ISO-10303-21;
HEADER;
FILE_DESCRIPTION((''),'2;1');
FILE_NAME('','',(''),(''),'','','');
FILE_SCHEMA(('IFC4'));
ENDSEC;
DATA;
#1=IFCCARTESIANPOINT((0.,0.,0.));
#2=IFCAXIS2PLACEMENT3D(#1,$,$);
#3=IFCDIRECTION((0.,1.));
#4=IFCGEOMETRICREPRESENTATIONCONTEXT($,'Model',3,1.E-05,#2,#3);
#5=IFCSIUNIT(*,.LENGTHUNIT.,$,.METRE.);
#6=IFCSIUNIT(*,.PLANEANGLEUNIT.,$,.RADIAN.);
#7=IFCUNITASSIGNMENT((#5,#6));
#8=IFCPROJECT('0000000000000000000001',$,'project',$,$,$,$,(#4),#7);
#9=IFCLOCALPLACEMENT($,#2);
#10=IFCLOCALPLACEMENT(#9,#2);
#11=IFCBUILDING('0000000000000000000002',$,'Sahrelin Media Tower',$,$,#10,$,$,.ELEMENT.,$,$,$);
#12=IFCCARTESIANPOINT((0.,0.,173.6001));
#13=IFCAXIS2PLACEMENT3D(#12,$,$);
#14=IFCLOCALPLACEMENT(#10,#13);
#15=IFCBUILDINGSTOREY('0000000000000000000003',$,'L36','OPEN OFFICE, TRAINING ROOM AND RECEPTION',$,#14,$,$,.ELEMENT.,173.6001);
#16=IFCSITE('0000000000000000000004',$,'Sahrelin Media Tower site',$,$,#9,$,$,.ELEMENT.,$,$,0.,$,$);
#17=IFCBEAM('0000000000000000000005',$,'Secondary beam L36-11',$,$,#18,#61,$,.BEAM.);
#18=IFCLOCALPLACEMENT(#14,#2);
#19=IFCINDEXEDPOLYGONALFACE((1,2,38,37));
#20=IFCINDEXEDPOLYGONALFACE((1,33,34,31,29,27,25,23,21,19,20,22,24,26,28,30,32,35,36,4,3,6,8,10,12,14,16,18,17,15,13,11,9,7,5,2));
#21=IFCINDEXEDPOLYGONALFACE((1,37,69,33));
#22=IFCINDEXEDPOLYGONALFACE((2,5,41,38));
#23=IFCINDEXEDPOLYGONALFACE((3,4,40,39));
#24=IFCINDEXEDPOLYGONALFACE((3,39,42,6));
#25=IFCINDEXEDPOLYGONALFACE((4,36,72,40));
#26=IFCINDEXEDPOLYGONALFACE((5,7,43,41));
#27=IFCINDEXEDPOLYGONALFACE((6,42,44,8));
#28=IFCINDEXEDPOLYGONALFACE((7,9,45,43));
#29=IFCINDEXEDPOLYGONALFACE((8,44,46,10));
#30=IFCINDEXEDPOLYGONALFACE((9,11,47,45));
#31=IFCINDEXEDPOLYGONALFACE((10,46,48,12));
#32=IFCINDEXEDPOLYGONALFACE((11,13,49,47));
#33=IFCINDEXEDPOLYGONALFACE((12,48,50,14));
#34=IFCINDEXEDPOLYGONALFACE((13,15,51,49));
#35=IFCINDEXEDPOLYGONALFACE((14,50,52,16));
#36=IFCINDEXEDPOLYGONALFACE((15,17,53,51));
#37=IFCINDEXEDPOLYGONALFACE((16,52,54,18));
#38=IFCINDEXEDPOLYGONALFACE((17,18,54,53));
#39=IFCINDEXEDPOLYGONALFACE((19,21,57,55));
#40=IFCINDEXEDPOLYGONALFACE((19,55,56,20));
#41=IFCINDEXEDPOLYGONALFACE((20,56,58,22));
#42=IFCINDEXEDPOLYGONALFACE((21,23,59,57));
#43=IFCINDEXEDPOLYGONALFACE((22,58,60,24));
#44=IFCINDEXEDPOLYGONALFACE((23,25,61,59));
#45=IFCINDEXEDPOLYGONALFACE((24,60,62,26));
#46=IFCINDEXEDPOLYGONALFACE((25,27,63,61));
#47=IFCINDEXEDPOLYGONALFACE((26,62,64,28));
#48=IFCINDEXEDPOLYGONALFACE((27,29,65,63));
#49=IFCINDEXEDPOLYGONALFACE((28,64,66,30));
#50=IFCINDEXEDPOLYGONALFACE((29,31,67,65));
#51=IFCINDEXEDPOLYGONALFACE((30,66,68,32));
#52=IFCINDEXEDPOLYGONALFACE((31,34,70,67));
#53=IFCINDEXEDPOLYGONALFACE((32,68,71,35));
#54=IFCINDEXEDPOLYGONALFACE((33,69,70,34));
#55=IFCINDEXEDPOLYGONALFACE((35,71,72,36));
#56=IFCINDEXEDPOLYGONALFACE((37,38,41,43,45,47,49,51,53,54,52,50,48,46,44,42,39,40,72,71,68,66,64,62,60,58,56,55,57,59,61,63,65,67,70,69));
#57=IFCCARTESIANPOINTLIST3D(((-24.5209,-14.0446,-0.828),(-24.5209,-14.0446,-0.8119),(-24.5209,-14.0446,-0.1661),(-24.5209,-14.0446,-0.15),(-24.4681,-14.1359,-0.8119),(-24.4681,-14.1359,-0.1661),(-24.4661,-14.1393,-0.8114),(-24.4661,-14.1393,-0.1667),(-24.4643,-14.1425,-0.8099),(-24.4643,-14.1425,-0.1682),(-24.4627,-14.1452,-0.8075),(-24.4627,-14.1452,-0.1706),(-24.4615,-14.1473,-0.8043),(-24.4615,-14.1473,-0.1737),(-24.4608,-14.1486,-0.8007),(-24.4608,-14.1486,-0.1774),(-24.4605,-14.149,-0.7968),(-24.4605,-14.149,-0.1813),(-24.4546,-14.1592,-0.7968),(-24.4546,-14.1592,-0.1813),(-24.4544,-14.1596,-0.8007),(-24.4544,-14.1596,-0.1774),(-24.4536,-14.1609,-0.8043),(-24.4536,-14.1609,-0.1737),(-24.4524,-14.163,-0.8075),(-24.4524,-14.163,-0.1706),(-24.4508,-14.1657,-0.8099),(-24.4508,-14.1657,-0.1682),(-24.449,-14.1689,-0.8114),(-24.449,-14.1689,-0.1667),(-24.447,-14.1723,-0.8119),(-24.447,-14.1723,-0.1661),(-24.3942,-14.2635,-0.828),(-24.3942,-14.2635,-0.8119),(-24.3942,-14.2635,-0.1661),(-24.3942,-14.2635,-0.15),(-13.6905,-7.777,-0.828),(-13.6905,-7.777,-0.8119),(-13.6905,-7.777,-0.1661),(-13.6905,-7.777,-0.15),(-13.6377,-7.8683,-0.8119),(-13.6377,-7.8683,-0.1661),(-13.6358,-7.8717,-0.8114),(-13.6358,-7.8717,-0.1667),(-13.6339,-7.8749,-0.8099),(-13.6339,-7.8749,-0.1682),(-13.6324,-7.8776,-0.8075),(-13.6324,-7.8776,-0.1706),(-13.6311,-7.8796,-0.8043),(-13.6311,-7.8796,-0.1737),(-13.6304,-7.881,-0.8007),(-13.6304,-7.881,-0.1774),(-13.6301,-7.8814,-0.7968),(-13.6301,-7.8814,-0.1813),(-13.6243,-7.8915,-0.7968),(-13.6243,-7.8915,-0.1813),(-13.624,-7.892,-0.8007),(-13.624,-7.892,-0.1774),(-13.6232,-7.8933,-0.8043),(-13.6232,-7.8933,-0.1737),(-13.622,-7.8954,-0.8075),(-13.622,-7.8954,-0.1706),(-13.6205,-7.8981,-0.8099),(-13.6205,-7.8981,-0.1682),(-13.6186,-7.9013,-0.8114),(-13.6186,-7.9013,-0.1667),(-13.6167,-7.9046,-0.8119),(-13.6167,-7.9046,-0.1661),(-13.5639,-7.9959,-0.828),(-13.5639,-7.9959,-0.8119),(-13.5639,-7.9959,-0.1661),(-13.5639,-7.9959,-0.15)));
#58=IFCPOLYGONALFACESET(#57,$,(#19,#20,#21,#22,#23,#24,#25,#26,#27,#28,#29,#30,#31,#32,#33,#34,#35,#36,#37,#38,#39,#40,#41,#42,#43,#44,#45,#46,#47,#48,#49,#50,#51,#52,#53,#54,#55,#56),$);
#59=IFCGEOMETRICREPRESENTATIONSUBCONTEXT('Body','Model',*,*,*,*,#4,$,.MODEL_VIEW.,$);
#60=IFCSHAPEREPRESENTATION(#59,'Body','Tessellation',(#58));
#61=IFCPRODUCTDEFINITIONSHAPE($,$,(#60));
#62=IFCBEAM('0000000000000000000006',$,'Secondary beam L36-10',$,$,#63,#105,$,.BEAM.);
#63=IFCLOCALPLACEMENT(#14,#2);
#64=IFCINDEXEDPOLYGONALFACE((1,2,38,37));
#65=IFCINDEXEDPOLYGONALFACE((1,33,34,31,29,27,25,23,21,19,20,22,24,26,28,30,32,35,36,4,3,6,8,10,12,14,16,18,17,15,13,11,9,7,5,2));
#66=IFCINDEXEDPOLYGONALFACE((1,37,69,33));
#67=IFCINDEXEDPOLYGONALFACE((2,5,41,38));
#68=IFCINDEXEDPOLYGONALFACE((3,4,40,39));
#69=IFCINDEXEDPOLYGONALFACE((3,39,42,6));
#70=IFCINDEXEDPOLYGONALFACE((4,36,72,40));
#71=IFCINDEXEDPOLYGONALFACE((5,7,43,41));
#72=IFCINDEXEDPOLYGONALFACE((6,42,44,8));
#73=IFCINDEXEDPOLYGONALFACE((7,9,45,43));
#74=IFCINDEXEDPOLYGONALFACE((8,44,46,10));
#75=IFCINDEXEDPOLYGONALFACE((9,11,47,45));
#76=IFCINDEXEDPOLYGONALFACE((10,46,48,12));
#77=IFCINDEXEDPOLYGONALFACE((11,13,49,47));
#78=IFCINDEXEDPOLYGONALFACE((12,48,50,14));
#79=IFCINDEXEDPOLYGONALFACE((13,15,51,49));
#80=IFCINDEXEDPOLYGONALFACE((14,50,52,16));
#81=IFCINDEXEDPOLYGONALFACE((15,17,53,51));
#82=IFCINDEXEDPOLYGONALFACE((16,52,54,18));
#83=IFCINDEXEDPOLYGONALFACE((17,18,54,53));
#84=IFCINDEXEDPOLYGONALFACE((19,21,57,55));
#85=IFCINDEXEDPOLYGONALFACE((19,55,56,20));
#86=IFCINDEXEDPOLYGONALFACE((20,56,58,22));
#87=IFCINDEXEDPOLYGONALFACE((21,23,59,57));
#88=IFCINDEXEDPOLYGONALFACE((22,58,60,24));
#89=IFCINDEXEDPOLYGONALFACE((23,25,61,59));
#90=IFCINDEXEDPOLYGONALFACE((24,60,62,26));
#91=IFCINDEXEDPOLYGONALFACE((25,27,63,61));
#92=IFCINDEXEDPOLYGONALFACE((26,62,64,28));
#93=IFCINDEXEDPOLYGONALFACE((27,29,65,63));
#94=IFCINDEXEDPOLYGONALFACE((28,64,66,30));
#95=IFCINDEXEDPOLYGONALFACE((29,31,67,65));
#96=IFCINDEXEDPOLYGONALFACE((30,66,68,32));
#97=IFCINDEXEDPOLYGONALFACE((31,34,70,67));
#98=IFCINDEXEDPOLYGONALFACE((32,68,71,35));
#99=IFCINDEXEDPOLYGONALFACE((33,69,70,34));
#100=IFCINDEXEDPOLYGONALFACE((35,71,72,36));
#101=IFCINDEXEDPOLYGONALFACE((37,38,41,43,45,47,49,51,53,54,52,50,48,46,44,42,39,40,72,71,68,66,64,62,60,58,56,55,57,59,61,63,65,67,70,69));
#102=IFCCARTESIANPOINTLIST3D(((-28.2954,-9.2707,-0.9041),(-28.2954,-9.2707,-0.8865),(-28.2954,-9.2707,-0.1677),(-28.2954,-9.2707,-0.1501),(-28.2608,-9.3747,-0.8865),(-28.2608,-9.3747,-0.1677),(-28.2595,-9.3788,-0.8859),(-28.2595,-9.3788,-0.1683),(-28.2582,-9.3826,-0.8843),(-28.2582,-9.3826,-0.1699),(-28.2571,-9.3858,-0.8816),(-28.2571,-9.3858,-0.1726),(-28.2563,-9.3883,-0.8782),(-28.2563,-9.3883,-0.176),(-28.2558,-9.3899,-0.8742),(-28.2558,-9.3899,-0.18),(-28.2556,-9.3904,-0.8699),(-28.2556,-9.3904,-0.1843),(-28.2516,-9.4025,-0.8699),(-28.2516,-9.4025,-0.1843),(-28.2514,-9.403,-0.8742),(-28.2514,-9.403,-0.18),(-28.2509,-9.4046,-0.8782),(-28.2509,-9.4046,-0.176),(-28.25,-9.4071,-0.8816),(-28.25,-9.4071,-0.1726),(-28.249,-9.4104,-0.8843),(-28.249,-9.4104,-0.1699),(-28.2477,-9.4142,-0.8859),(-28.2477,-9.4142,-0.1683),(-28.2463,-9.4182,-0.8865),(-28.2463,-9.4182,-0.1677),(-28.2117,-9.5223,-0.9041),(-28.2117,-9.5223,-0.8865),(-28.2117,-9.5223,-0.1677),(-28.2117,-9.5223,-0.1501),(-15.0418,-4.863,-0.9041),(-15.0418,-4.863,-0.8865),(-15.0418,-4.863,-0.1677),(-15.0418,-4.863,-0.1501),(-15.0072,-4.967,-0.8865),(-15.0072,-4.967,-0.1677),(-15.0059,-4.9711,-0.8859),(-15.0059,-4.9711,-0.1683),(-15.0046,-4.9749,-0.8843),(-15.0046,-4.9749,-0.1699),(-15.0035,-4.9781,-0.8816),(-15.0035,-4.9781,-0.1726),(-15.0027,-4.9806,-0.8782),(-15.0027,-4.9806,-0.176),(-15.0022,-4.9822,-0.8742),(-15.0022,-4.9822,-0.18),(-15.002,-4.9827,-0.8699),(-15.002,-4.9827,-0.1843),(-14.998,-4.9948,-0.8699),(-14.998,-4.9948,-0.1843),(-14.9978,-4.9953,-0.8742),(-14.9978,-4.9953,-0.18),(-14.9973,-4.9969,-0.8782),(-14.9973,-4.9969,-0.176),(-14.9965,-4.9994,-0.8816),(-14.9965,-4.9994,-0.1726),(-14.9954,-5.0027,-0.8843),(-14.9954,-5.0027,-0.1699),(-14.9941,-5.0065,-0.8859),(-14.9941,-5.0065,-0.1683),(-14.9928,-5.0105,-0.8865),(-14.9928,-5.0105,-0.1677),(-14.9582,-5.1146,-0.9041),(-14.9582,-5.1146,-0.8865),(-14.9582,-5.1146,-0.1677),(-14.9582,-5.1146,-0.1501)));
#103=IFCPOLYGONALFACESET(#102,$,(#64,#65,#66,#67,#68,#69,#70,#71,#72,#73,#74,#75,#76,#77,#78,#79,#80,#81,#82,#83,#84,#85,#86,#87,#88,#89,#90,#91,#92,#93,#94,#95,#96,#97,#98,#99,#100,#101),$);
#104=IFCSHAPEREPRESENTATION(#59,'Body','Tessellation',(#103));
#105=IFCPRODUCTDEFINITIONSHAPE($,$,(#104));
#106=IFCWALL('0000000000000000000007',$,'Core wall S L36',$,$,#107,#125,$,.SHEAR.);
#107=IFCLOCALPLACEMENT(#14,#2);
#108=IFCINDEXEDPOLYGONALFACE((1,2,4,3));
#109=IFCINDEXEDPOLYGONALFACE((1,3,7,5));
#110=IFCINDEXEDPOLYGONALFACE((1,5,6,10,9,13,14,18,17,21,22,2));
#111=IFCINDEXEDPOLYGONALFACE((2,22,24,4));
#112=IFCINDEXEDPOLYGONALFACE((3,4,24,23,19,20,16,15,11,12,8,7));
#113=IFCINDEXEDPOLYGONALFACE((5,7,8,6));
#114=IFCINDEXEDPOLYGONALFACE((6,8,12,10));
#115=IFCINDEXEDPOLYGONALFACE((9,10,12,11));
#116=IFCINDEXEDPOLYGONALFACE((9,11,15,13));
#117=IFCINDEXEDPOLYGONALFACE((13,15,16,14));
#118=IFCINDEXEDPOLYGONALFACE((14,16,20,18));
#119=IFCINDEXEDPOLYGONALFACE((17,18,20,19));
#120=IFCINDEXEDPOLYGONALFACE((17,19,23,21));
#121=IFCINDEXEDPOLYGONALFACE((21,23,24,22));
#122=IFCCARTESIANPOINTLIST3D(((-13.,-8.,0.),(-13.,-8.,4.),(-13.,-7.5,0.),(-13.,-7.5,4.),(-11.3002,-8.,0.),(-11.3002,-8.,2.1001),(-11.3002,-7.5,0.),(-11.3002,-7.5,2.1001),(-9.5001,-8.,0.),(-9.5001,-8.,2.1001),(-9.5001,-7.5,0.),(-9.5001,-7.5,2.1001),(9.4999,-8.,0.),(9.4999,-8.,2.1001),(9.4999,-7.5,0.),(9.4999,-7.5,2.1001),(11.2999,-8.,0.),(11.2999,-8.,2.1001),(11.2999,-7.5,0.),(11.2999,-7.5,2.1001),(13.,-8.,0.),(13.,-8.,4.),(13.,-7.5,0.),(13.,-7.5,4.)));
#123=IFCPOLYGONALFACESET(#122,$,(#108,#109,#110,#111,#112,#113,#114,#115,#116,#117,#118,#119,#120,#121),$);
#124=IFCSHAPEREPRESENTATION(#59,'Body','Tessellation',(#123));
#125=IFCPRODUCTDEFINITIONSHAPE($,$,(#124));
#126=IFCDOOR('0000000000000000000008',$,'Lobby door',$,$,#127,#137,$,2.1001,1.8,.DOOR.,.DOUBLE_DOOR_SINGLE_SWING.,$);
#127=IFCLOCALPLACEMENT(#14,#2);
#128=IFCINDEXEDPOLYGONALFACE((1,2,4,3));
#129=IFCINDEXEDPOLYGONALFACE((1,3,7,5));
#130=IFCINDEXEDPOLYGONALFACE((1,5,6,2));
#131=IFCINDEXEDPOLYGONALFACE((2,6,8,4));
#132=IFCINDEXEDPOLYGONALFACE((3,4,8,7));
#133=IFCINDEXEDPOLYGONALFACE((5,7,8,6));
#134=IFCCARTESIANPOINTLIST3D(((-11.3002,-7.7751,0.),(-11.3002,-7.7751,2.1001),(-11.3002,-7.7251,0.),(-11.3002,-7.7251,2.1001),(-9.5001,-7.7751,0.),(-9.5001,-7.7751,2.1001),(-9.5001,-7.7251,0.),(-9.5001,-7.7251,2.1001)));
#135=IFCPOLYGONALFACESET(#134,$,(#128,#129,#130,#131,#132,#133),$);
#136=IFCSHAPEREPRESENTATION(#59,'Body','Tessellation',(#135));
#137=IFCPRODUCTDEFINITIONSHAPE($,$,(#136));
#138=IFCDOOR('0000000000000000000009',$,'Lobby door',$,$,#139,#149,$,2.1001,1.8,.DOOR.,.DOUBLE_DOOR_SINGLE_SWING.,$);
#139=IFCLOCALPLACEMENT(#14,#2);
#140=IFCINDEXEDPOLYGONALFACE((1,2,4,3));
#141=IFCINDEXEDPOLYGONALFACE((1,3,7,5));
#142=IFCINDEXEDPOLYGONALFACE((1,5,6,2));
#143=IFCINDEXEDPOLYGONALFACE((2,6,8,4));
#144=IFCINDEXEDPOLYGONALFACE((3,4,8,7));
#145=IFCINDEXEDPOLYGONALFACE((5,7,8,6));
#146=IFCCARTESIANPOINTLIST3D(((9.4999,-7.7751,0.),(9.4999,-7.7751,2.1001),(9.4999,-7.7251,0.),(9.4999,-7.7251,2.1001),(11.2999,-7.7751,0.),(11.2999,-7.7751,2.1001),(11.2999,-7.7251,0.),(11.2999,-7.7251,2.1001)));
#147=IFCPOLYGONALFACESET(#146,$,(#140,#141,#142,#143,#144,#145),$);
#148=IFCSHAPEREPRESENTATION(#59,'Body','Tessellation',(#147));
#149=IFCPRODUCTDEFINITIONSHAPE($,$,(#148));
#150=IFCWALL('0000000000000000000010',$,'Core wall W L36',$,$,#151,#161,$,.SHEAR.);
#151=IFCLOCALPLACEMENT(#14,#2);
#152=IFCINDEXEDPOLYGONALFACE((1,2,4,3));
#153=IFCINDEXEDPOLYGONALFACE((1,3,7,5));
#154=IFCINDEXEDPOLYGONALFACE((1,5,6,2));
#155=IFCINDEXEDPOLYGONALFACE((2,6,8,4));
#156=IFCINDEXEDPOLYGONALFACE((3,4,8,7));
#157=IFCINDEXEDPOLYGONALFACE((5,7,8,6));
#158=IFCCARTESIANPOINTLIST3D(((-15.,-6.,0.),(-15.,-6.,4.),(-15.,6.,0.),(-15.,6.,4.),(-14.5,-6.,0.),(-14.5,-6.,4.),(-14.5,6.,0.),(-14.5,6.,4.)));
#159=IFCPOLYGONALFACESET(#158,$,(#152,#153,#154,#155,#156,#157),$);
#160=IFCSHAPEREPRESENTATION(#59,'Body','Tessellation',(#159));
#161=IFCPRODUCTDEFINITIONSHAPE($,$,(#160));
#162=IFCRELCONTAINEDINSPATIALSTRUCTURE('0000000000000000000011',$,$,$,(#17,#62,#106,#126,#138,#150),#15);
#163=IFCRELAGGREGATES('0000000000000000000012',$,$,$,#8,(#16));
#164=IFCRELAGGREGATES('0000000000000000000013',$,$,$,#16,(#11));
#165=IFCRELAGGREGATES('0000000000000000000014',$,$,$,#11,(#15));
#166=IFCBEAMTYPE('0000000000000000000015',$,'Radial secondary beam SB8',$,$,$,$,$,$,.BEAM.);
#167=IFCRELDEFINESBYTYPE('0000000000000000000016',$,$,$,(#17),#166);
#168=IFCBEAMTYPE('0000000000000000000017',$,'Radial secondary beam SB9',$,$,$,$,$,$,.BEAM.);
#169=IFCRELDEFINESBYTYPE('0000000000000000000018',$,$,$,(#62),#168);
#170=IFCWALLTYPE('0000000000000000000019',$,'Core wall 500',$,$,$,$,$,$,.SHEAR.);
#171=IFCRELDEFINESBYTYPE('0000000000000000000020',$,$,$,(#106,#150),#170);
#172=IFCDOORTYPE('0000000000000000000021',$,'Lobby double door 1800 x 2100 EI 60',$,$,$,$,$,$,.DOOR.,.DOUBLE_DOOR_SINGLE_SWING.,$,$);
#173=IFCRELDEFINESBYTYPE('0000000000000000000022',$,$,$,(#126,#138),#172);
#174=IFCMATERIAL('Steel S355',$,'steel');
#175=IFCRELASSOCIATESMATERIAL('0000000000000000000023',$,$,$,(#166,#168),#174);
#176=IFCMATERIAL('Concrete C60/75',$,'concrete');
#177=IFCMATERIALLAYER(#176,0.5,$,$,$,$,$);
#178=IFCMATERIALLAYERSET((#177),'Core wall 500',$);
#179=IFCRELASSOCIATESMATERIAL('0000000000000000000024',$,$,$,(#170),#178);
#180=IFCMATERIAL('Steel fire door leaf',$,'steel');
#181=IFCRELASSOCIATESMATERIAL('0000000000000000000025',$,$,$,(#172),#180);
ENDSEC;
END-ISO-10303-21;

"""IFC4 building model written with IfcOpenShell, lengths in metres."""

from ifc_helpers import new_model, si_unit, direction, frame, frame_2d, origin, origin_2d, place, context, subcontext, project, spatial, rectangle, i_section, extrude, material, layer, layer_set, material_profile, profile_set, type_object, element, fill, save


model = new_model("IFC4")

# Units and contexts
model_context = context("Model", 3, precision=1e-05, world=origin(), true_north=direction((0.0, 1.0)))
body_context = subcontext(model_context, "Body", "Model", "MODEL_VIEW")
ifc_project = project(units=[si_unit("LENGTHUNIT", "METRE"), si_unit("PLANEANGLEUNIT", "RADIAN")], contexts=[model_context])

# Site, building, storey
site_placement = place(None, origin())
site = spatial("IfcSite", under=ifc_project, at=site_placement, Name="Sahrelin Media Tower site", CompositionType="ELEMENT", RefElevation=0.0)
building_placement = place(site_placement, origin())
building = spatial("IfcBuilding", under=site, at=building_placement, Name="Sahrelin Media Tower", CompositionType="ELEMENT")
storey_placement = place(building_placement, frame((0.0, 0.0, 173.6001)))
storey = spatial("IfcBuildingStorey", under=building, at=storey_placement, Name="L36", Description="OPEN OFFICE, TRAINING ROOM AND RECEPTION", CompositionType="ELEMENT", Elevation=173.6001)

# Beams
ifc_material_1 = material(Name="Steel S355", Category="steel")
ifc_material_profile_1 = material_profile(ifc_material_1, i_section(OverallWidth=0.2529, OverallDepth=0.678, WebThickness=0.0117, FlangeThickness=0.0161, FilletRadius=0.0151, at=origin_2d()), Name="UB 686x254x125")
ifc_profile_set_1 = profile_set([ifc_material_profile_1], Name="Steel S355")
beam_type_1 = type_object("IfcBeamType", Name="Radial secondary beam SB8", PredefinedType="BEAM", material=ifc_profile_set_1)
beam_1_placement = place(storey_placement, frame((-13.6272, -7.8865, -0.489), z_axis=(-0.865517, -0.50088, 0.0), x_axis=(0.50088, -0.865517, 0.0)))
element("IfcBeam", 1, at=beam_1_placement, inside=storey, type_object=beam_type_1, Name="Secondary beam L36-11", PredefinedType="BEAM", context=body_context, shape_type="SweptSolid", body=[
    extrude(i_section(OverallWidth=0.2529, OverallDepth=0.678, WebThickness=0.0117, FlangeThickness=0.0161, FilletRadius=0.0151, at=origin_2d()), origin(), (0.0, 0.0, 1.0), 12.5132),
])
ifc_material_profile_2 = material_profile(ifc_material_1, i_section(OverallWidth=0.2651, OverallDepth=0.7539, WebThickness=0.0127, FlangeThickness=0.0176, FilletRadius=0.0166, at=origin_2d()), Name="UB 762x267x147")
ifc_profile_set_2 = profile_set([ifc_material_profile_2], Name="Steel S355")
beam_type_2 = type_object("IfcBeamType", Name="Radial secondary beam SB9", PredefinedType="BEAM", material=ifc_profile_set_2)
beam_2_placement = place(storey_placement, frame((-15.0, -4.9888, -0.5271), z_axis=(-0.948902, -0.315572, 0.0), x_axis=(0.315572, -0.948902, 0.0)))
element("IfcBeam", 2, at=beam_2_placement, inside=storey, type_object=beam_type_2, Name="Secondary beam L36-10", PredefinedType="BEAM", context=body_context, shape_type="SweptSolid", body=[
    extrude(i_section(OverallWidth=0.2651, OverallDepth=0.7539, WebThickness=0.0127, FlangeThickness=0.0176, FilletRadius=0.0166, at=origin_2d()), origin(), (0.0, 0.0, 1.0), 13.9673),
])

# Wall, openings, doors
ifc_material_2 = material(Name="Concrete C60/75", Category="concrete")
ifc_layer_1 = layer(ifc_material_2, 0.5)
ifc_layer_set_1 = layer_set([ifc_layer_1], Name="Core wall 500")
wall_type_1 = type_object("IfcWallType", Name="Core wall 500", PredefinedType="SHEAR", material=ifc_layer_set_1)
wall_1_placement = place(storey_placement, frame((-13.0, -7.75, 0.0), z_axis=(0.0, 0.0, 1.0), x_axis=(1.0, 0.0, 0.0)))
wall_1 = element("IfcWall", 3, at=wall_1_placement, inside=storey, type_object=wall_type_1, Name="Core wall S L36", PredefinedType="SHEAR", context=body_context, shape_type="SweptSolid", body=[
    extrude(rectangle(XDim=26.0, YDim=0.5, at=frame_2d((13.0, 0.0))), origin(), (0.0, 0.0, 1.0), 4.0),
])
opening_1_placement = place(wall_1_placement, frame((1.7, 0.0, 0.0)))
opening_1 = element("IfcOpeningElement", 4, at=opening_1_placement, cuts=wall_1, PredefinedType="OPENING", context=body_context, shape_type="SweptSolid", body=[
    extrude(rectangle(XDim=1.8, YDim=2.1001, at=frame_2d((0.8999, 1.05))), frame((0.0, 0.25, 0.0), z_axis=(0.0, -1.0, 0.0), x_axis=(1.0, 0.0, 0.0)), (0.0, 0.0, 1.0), 0.5),
])
opening_2_placement = place(wall_1_placement, frame((22.5, 0.0, 0.0)))
opening_2 = element("IfcOpeningElement", 5, at=opening_2_placement, cuts=wall_1, PredefinedType="OPENING", context=body_context, shape_type="SweptSolid", body=[
    extrude(rectangle(XDim=1.8, YDim=2.1001, at=frame_2d((0.8999, 1.05))), frame((0.0, 0.25, 0.0), z_axis=(0.0, -1.0, 0.0), x_axis=(1.0, 0.0, 0.0)), (0.0, 0.0, 1.0), 0.5),
])
ifc_material_3 = material(Name="Steel fire door leaf", Category="steel")
door_type_1 = type_object("IfcDoorType", Name="Lobby double door 1800 x 2100 EI 60", OperationType="DOUBLE_DOOR_SINGLE_SWING", PredefinedType="DOOR", material=ifc_material_3)
door_1_placement = place(opening_1_placement, origin())
door_1 = element("IfcDoor", 6, at=door_1_placement, inside=storey, type_object=door_type_1, Name="Lobby door", OperationType="DOUBLE_DOOR_SINGLE_SWING", OverallHeight=2.1001, OverallWidth=1.8, PredefinedType="DOOR", context=body_context, shape_type="SweptSolid", body=[
    extrude(rectangle(XDim=1.8, YDim=2.1001, at=frame_2d((0.8999, 1.05))), frame((0.0, 0.0249, 0.0), z_axis=(0.0, -1.0, 0.0), x_axis=(1.0, 0.0, 0.0)), (0.0, 0.0, 1.0), 0.05),
])
fill(opening_1, door_1)
door_2_placement = place(opening_2_placement, origin())
door_2 = element("IfcDoor", 7, at=door_2_placement, inside=storey, type_object=door_type_1, Name="Lobby door", OperationType="DOUBLE_DOOR_SINGLE_SWING", OverallHeight=2.1001, OverallWidth=1.8, PredefinedType="DOOR", context=body_context, shape_type="SweptSolid", body=[
    extrude(rectangle(XDim=1.8, YDim=2.1001, at=frame_2d((0.8999, 1.05))), frame((0.0, 0.0249, 0.0), z_axis=(0.0, -1.0, 0.0), x_axis=(1.0, 0.0, 0.0)), (0.0, 0.0, 1.0), 0.05),
])
fill(opening_2, door_2)

# Wall
wall_2_placement = place(storey_placement, frame((-14.75, -6.0, 0.0), z_axis=(0.0, 0.0, 1.0), x_axis=(0.0, 1.0, 0.0)))
element("IfcWall", 8, at=wall_2_placement, inside=storey, type_object=wall_type_1, Name="Core wall W L36", PredefinedType="SHEAR", context=body_context, shape_type="SweptSolid", body=[
    extrude(rectangle(XDim=12.0, YDim=0.5, at=frame_2d((6.0, 0.0))), origin(), (0.0, 0.0, 1.0), 4.0),
])

save(model, "model.ifc")
